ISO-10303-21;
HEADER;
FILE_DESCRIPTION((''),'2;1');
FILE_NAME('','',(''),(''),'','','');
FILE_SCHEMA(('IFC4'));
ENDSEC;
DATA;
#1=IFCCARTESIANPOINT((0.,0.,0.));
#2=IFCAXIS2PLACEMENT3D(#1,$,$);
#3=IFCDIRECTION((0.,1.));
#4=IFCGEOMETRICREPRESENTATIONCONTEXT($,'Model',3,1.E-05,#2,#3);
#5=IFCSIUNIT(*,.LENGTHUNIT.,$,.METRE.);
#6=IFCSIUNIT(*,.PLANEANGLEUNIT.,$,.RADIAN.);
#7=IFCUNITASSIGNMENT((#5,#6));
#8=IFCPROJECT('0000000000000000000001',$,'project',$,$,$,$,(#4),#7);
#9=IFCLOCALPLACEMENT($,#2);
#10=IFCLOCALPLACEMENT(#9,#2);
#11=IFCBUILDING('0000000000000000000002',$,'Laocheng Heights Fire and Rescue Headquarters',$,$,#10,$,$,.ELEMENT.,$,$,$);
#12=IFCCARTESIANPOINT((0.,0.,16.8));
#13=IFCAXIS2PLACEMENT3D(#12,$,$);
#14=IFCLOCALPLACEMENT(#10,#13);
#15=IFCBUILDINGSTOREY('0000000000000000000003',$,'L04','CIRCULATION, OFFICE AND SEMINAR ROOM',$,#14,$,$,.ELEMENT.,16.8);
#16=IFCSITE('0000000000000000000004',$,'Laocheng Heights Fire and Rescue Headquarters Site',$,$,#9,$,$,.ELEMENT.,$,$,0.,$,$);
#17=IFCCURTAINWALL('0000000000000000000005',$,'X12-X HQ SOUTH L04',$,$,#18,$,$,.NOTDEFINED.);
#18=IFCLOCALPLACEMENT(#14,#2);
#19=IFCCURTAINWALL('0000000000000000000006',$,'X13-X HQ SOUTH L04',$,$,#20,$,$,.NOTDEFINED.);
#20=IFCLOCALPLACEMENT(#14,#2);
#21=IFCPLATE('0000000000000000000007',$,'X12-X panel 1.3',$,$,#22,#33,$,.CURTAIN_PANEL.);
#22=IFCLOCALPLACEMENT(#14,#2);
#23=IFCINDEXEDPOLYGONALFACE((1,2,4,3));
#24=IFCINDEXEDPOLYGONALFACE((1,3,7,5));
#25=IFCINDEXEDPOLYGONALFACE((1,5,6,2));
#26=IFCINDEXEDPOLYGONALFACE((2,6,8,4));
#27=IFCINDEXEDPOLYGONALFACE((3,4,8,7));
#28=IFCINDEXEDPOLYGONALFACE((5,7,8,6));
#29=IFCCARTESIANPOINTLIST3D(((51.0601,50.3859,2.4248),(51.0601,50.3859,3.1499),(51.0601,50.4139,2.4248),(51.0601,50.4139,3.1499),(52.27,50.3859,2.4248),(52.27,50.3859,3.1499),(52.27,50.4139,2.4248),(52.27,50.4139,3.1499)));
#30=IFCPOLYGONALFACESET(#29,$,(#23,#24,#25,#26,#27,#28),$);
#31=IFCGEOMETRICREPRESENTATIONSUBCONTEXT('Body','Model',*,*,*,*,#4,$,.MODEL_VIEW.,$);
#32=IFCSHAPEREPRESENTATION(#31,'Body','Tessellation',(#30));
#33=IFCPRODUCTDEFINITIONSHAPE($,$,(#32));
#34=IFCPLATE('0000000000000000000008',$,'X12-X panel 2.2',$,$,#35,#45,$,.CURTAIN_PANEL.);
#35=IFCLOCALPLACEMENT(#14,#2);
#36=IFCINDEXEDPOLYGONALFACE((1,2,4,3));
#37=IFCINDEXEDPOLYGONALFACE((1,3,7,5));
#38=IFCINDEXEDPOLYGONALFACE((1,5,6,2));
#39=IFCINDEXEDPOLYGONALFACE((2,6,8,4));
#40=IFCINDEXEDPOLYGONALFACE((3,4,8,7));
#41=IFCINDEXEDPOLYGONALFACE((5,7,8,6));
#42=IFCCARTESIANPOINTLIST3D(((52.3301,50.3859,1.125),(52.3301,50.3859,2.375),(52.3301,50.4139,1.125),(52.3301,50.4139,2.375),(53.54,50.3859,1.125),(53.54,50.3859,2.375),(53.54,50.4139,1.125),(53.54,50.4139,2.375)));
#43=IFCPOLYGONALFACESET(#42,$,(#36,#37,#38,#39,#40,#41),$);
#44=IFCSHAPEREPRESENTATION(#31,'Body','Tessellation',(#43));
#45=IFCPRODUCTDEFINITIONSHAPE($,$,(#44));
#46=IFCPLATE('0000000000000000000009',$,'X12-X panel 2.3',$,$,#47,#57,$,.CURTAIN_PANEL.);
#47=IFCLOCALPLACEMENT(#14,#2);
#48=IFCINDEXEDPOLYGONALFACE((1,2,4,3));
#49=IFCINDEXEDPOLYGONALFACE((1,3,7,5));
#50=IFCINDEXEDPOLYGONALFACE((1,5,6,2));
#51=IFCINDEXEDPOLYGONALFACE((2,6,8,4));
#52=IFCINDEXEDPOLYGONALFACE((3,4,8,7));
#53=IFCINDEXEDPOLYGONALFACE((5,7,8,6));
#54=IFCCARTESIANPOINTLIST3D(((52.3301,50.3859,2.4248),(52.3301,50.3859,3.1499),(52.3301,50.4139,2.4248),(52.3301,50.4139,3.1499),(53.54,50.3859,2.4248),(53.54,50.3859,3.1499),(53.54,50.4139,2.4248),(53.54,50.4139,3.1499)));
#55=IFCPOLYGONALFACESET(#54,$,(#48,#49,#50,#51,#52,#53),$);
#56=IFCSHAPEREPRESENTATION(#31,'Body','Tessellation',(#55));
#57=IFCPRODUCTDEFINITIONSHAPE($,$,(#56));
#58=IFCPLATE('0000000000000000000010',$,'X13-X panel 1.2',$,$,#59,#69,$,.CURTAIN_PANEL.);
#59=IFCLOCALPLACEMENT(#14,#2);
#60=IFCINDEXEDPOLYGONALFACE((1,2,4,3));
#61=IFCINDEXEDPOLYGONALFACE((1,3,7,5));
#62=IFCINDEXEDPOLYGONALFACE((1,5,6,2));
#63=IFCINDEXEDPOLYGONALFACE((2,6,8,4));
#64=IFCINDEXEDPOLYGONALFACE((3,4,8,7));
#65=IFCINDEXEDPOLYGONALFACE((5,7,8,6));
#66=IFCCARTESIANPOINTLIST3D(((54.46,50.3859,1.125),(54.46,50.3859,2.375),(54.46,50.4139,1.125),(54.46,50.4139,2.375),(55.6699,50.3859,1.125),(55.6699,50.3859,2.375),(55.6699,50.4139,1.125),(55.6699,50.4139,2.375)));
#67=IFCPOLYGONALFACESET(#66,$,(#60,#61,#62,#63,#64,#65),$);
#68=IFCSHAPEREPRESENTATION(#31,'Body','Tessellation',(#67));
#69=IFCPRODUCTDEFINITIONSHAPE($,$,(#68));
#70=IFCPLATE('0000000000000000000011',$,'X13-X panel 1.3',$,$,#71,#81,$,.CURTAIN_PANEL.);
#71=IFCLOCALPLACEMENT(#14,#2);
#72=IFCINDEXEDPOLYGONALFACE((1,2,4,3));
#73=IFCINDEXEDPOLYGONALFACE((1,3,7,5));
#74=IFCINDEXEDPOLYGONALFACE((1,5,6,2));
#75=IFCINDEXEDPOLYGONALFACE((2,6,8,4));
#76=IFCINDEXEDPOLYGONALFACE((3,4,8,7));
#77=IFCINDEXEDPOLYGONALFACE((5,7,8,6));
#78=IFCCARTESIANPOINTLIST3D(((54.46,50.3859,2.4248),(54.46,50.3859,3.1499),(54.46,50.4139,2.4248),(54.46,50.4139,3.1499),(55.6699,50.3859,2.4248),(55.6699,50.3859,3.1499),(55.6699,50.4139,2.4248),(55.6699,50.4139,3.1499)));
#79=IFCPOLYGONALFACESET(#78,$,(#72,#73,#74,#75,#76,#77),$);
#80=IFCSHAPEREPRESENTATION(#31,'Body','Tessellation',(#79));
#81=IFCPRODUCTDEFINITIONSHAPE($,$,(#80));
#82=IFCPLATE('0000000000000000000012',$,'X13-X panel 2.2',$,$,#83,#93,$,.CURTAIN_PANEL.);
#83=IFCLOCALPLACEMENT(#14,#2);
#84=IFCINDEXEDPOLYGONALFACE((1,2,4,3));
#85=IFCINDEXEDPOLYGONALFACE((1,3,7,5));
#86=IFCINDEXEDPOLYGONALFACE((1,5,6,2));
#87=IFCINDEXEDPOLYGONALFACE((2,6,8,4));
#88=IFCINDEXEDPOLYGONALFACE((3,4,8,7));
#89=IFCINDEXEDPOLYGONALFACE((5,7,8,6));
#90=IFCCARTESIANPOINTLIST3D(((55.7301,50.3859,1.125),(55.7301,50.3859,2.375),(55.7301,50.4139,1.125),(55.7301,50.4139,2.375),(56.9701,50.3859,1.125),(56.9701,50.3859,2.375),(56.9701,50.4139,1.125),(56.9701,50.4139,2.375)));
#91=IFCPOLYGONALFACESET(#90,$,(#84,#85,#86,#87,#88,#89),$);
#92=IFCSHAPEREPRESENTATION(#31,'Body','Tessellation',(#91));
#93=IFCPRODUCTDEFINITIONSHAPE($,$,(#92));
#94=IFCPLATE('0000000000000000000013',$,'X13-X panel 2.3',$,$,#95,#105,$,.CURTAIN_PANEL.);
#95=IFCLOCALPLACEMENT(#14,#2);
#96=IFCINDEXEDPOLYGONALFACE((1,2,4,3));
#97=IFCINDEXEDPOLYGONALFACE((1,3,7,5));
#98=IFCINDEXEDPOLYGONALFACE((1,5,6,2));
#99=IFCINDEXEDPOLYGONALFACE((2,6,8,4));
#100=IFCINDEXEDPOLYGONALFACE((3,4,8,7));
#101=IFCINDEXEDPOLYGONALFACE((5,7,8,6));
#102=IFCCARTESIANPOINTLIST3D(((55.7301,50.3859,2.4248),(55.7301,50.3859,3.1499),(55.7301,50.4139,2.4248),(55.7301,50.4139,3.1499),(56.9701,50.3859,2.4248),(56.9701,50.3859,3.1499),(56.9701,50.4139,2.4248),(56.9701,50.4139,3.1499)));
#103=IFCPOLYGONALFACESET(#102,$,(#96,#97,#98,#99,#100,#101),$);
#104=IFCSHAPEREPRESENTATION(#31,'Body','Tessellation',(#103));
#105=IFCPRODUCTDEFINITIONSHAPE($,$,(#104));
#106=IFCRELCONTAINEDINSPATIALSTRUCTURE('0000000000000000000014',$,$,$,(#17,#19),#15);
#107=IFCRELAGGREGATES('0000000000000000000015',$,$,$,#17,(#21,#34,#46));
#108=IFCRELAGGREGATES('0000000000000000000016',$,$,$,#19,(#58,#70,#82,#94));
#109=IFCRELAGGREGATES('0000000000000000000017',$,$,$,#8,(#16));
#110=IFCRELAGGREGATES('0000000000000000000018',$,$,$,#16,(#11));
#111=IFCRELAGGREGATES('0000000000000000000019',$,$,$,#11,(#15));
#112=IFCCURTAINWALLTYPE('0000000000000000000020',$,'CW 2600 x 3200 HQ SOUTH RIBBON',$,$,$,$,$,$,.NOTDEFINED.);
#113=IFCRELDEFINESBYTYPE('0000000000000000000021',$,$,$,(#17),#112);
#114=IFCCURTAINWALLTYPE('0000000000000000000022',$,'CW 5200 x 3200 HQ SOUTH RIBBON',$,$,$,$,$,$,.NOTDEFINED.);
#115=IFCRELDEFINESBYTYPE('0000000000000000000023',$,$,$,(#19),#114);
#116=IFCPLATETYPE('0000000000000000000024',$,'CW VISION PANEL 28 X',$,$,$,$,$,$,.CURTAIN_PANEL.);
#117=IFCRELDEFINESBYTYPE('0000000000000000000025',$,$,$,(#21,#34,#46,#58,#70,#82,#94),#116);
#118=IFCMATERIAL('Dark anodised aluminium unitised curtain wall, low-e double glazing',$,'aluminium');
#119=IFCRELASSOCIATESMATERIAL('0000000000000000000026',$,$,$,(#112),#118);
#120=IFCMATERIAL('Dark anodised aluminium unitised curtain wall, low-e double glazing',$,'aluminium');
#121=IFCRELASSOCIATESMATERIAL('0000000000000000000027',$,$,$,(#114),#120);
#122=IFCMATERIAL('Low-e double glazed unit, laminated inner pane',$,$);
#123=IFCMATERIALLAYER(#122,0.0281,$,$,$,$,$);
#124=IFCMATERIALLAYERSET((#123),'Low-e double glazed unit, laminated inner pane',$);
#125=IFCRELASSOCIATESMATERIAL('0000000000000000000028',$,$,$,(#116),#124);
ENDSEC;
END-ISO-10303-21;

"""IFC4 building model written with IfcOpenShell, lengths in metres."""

from ifc_helpers import new_model, si_unit, direction, frame, origin, origin_2d, place, context, subcontext, project, spatial, rectangle, extrude, material, layer, layer_set, type_object, element, aggregate, save


model = new_model("IFC4")

# Units and contexts
model_context = context("Model", 3, precision=1e-05, world=origin(), true_north=direction((0.0, 1.0)))
body_context = subcontext(model_context, "Body", "Model", "MODEL_VIEW")
ifc_project = project(units=[si_unit("LENGTHUNIT", "METRE"), si_unit("PLANEANGLEUNIT", "RADIAN")], contexts=[model_context])

# Site, building, storey
site_placement = place(None, origin())
site = spatial("IfcSite", under=ifc_project, at=site_placement, Name="Laocheng Heights Fire and Rescue Headquarters Site", CompositionType="ELEMENT", RefElevation=0.0)
building_placement = place(site_placement, origin())
building = spatial("IfcBuilding", under=site, at=building_placement, Name="Laocheng Heights Fire and Rescue Headquarters", CompositionType="ELEMENT")
storey_placement = place(building_placement, frame((0.0, 0.0, 16.8)))
storey = spatial("IfcBuildingStorey", under=building, at=storey_placement, Name="L04", Description="CIRCULATION, OFFICE AND SEMINAR ROOM", CompositionType="ELEMENT", Elevation=16.8)

# Curtain walls
ifc_material_1 = material(Name="Dark anodised aluminium unitised curtain wall, low-e double glazing", Category="aluminium")
curtain_wall_type_1 = type_object("IfcCurtainWallType", Name="CW 2600 x 3200 HQ SOUTH RIBBON", PredefinedType="NOTDEFINED", material=ifc_material_1)
curtain_wall_1_placement = place(storey_placement, origin())
curtain_wall_1 = element("IfcCurtainWall", 1, at=curtain_wall_1_placement, inside=storey, type_object=curtain_wall_type_1, Name="X12-X HQ SOUTH L04", PredefinedType="NOTDEFINED")
ifc_material_2 = material(Name="Dark anodised aluminium unitised curtain wall, low-e double glazing", Category="aluminium")
curtain_wall_type_2 = type_object("IfcCurtainWallType", Name="CW 5200 x 3200 HQ SOUTH RIBBON", PredefinedType="NOTDEFINED", material=ifc_material_2)
curtain_wall_2_placement = place(storey_placement, origin())
curtain_wall_2 = element("IfcCurtainWall", 2, at=curtain_wall_2_placement, inside=storey, type_object=curtain_wall_type_2, Name="X13-X HQ SOUTH L04", PredefinedType="NOTDEFINED")

# Plates
ifc_material_3 = material(Name="Low-e double glazed unit, laminated inner pane")
ifc_layer_1 = layer(ifc_material_3, 0.0281)
ifc_layer_set_1 = layer_set([ifc_layer_1], Name="Low-e double glazed unit, laminated inner pane")
plate_type_1 = type_object("IfcPlateType", Name="CW VISION PANEL 28 X", PredefinedType="CURTAIN_PANEL", material=ifc_layer_set_1)
plate_1_placement = place(storey_placement, frame((51.665, 50.3999, 2.4248), z_axis=(0.0, 0.0, 1.0), x_axis=(1.0, 0.0, 0.0)))
plate_1 = element("IfcPlate", 3, at=plate_1_placement, type_object=plate_type_1, Name="X12-X panel 1.3", PredefinedType="CURTAIN_PANEL", context=body_context, shape_type="SweptSolid", body=[
    extrude(rectangle(XDim=1.21, YDim=0.0281, at=origin_2d()), origin(), (0.0, 0.0, 1.0), 0.7251),
])
plate_2_placement = place(storey_placement, frame((52.9351, 50.3999, 1.125), z_axis=(0.0, 0.0, 1.0), x_axis=(1.0, 0.0, 0.0)))
plate_2 = element("IfcPlate", 4, at=plate_2_placement, type_object=plate_type_1, Name="X12-X panel 2.2", PredefinedType="CURTAIN_PANEL", context=body_context, shape_type="SweptSolid", body=[
    extrude(rectangle(XDim=1.21, YDim=0.0281, at=origin_2d()), origin(), (0.0, 0.0, 1.0), 1.25),
])
plate_3_placement = place(storey_placement, frame((52.9351, 50.3999, 2.4248), z_axis=(0.0, 0.0, 1.0), x_axis=(1.0, 0.0, 0.0)))
plate_3 = element("IfcPlate", 5, at=plate_3_placement, type_object=plate_type_1, Name="X12-X panel 2.3", PredefinedType="CURTAIN_PANEL", context=body_context, shape_type="SweptSolid", body=[
    extrude(rectangle(XDim=1.21, YDim=0.0281, at=origin_2d()), origin(), (0.0, 0.0, 1.0), 0.7251),
])
aggregate(curtain_wall_1, [plate_1, plate_2, plate_3])
plate_4_placement = place(storey_placement, frame((55.0649, 50.3999, 1.125), z_axis=(0.0, 0.0, 1.0), x_axis=(1.0, 0.0, 0.0)))
plate_4 = element("IfcPlate", 6, at=plate_4_placement, type_object=plate_type_1, Name="X13-X panel 1.2", PredefinedType="CURTAIN_PANEL", context=body_context, shape_type="SweptSolid", body=[
    extrude(rectangle(XDim=1.21, YDim=0.0281, at=origin_2d()), origin(), (0.0, 0.0, 1.0), 1.25),
])
plate_5_placement = place(storey_placement, frame((55.0649, 50.3999, 2.4248), z_axis=(0.0, 0.0, 1.0), x_axis=(1.0, 0.0, 0.0)))
plate_5 = element("IfcPlate", 7, at=plate_5_placement, type_object=plate_type_1, Name="X13-X panel 1.3", PredefinedType="CURTAIN_PANEL", context=body_context, shape_type="SweptSolid", body=[
    extrude(rectangle(XDim=1.21, YDim=0.0281, at=origin_2d()), origin(), (0.0, 0.0, 1.0), 0.7251),
])
plate_6_placement = place(storey_placement, frame((56.3501, 50.3999, 1.125), z_axis=(0.0, 0.0, 1.0), x_axis=(1.0, 0.0, 0.0)))
plate_6 = element("IfcPlate", 8, at=plate_6_placement, type_object=plate_type_1, Name="X13-X panel 2.2", PredefinedType="CURTAIN_PANEL", context=body_context, shape_type="SweptSolid", body=[
    extrude(rectangle(XDim=1.24, YDim=0.0281, at=origin_2d()), origin(), (0.0, 0.0, 1.0), 1.25),
])
plate_7_placement = place(storey_placement, frame((56.3501, 50.3999, 2.4248), z_axis=(0.0, 0.0, 1.0), x_axis=(1.0, 0.0, 0.0)))
plate_7 = element("IfcPlate", 9, at=plate_7_placement, type_object=plate_type_1, Name="X13-X panel 2.3", PredefinedType="CURTAIN_PANEL", context=body_context, shape_type="SweptSolid", body=[
    extrude(rectangle(XDim=1.24, YDim=0.0281, at=origin_2d()), origin(), (0.0, 0.0, 1.0), 0.7251),
])
aggregate(curtain_wall_2, [plate_4, plate_5, plate_6, plate_7])

save(model, "model.ifc")
